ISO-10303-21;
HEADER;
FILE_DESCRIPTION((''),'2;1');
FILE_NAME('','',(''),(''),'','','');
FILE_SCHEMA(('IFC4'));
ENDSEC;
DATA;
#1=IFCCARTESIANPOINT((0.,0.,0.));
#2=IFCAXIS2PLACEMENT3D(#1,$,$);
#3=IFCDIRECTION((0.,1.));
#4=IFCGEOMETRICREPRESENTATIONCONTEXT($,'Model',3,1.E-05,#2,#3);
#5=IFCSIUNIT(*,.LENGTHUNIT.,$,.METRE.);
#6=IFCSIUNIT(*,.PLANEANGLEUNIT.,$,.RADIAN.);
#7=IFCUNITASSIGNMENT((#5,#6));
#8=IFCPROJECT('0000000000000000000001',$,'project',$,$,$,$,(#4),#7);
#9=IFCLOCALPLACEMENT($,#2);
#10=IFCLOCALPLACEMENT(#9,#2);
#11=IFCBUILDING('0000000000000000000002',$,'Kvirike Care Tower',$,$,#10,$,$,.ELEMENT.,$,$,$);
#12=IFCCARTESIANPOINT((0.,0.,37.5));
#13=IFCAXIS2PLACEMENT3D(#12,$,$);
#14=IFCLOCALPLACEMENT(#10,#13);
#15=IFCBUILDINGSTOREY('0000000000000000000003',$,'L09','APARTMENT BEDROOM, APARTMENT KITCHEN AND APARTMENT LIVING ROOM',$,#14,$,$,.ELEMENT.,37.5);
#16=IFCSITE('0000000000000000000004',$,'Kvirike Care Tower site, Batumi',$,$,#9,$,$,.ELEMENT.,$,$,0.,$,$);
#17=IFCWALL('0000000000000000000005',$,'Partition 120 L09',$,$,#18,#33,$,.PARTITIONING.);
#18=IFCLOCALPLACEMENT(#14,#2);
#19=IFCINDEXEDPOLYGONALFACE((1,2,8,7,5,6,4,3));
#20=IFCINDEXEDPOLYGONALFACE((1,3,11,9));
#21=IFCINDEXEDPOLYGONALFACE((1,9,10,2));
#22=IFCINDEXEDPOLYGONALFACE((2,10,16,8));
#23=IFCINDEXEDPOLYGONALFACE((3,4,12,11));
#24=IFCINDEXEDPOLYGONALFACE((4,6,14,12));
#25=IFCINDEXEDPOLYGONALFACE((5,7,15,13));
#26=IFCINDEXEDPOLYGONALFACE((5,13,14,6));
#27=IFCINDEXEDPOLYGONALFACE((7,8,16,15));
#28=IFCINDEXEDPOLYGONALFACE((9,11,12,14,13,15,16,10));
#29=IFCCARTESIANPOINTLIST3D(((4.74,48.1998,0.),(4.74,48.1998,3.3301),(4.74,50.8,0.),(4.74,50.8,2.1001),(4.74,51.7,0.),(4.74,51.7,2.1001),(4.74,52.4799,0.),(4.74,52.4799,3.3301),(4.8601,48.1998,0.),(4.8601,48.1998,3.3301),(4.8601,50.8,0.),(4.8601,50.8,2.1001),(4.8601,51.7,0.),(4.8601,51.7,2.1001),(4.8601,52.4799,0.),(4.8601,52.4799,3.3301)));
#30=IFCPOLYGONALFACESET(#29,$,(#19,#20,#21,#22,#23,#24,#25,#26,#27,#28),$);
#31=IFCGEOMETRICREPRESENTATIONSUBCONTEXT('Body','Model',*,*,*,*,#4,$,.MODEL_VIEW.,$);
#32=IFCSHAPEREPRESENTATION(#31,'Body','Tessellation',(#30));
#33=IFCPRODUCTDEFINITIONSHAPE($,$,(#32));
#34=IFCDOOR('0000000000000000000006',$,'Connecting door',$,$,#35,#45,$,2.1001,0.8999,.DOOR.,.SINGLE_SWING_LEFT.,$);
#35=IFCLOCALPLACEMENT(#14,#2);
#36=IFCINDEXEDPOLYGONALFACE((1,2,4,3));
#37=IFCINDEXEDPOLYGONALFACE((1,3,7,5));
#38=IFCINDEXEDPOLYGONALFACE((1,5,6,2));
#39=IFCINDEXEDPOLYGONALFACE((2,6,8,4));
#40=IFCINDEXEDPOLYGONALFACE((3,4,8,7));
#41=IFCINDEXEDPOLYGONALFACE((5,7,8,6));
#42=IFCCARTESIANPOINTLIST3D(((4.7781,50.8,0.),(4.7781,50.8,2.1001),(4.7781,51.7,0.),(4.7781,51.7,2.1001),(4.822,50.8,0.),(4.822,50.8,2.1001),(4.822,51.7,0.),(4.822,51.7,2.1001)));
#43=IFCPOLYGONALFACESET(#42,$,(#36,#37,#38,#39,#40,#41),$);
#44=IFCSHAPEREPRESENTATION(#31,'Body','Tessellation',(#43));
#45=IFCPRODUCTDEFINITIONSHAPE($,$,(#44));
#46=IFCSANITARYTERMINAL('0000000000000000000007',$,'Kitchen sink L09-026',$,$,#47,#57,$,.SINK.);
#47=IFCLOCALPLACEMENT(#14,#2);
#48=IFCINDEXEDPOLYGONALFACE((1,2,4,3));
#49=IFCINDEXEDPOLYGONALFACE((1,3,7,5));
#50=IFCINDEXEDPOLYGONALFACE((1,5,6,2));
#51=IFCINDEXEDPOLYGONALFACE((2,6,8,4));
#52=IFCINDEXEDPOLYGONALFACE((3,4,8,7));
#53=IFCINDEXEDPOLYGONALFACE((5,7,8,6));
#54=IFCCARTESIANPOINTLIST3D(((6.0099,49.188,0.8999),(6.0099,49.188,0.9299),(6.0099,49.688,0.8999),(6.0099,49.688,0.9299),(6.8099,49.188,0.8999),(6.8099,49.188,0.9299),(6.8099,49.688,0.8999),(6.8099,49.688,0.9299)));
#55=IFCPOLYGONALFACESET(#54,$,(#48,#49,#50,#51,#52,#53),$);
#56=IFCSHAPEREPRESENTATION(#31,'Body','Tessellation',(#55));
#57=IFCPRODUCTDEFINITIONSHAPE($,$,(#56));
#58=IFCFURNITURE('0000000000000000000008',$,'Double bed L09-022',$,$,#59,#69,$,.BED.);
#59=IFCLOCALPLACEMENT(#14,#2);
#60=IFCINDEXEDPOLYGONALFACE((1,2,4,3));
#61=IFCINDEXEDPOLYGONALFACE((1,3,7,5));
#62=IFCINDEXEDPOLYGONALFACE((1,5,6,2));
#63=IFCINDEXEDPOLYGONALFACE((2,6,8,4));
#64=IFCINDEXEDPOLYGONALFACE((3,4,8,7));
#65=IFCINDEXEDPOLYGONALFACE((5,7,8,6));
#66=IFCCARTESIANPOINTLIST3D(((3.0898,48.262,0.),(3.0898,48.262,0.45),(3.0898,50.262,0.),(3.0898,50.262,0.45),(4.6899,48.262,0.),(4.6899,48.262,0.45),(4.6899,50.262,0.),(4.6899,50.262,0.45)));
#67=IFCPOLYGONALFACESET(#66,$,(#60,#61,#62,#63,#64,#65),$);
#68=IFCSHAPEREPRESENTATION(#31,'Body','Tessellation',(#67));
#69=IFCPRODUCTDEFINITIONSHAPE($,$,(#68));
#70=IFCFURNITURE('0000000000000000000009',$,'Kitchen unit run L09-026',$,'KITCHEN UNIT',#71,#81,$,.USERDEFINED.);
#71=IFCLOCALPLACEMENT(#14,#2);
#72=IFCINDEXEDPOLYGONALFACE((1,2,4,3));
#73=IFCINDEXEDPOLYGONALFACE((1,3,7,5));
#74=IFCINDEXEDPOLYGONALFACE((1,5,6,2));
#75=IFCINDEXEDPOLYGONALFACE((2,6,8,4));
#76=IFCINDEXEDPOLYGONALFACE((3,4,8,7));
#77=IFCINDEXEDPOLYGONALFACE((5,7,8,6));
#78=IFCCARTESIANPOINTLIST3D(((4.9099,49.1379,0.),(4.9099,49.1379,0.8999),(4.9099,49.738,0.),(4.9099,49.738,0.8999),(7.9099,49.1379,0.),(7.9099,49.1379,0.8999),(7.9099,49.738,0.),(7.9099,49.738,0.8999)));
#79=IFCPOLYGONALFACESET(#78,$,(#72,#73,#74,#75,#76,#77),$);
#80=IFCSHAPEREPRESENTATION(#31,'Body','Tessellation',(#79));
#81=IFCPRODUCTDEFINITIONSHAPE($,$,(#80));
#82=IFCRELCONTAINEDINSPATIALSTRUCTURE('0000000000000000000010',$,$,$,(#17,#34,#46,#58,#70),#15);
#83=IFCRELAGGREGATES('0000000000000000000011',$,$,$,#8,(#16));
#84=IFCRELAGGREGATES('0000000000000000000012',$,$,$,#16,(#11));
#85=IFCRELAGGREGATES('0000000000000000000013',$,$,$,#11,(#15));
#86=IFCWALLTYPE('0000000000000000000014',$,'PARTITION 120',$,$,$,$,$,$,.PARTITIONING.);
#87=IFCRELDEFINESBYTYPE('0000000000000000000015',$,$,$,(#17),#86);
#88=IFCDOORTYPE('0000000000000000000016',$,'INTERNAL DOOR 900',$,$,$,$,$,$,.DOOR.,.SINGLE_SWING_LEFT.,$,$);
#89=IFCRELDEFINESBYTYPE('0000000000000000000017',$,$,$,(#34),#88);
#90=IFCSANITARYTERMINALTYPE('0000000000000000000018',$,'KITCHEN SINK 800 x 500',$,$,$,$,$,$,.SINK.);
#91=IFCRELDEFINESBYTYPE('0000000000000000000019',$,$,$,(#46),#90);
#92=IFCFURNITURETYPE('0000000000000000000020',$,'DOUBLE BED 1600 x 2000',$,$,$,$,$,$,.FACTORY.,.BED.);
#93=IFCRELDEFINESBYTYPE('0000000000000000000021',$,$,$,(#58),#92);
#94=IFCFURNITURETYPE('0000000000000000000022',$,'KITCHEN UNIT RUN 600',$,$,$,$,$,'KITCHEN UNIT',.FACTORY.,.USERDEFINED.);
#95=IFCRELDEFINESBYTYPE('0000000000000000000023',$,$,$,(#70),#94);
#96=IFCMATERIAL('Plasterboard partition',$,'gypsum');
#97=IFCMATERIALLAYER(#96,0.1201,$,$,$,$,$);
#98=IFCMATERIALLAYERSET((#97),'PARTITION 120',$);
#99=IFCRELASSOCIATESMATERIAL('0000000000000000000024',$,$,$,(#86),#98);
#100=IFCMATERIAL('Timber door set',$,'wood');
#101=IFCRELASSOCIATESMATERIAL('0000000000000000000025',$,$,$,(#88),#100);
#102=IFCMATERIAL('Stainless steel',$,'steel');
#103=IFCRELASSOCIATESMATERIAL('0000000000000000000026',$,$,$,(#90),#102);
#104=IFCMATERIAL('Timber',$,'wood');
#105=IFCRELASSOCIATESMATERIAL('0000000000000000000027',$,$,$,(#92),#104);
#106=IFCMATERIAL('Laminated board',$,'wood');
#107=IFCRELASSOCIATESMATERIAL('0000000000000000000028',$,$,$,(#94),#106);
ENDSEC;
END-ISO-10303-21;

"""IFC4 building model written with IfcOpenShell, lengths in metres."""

from ifc_helpers import new_model, si_unit, direction, frame, frame_2d, origin, origin_2d, place, context, subcontext, project, spatial, rectangle, extrude, material, layer, layer_set, type_object, element, fill, save


model = new_model("IFC4")

# Units and contexts
model_context = context("Model", 3, precision=1e-05, world=origin(), true_north=direction((0.0, 1.0)))
body_context = subcontext(model_context, "Body", "Model", "MODEL_VIEW")
ifc_project = project(units=[si_unit("LENGTHUNIT", "METRE"), si_unit("PLANEANGLEUNIT", "RADIAN")], contexts=[model_context])

# Site, building, storey
site_placement = place(None, origin())
site = spatial("IfcSite", under=ifc_project, at=site_placement, Name="Kvirike Care Tower site, Batumi", CompositionType="ELEMENT", RefElevation=0.0)
building_placement = place(site_placement, origin())
building = spatial("IfcBuilding", under=site, at=building_placement, Name="Kvirike Care Tower", CompositionType="ELEMENT")
storey_placement = place(building_placement, frame((0.0, 0.0, 37.5)))
storey = spatial("IfcBuildingStorey", under=building, at=storey_placement, Name="L09", Description="APARTMENT BEDROOM, APARTMENT KITCHEN AND APARTMENT LIVING ROOM", CompositionType="ELEMENT", Elevation=37.5)

# Shared definitions
ifc_material_1 = material(Name="Plasterboard partition", Category="gypsum")
ifc_layer_1 = layer(ifc_material_1, 0.1201)
ifc_layer_set_1 = layer_set([ifc_layer_1], Name="PARTITION 120")
wall_type_1 = type_object("IfcWallType", Name="PARTITION 120", PredefinedType="PARTITIONING", material=ifc_layer_set_1)

# Wall, opening, door
wall_1_placement = place(storey_placement, frame((4.8, 52.48, 0.0), z_axis=(0.0, 0.0, 1.0), x_axis=(0.0, -1.0, 0.0)))
wall_1 = element("IfcWall", 1, at=wall_1_placement, inside=storey, type_object=wall_type_1, Name="Partition 120 L09", PredefinedType="PARTITIONING", context=body_context, shape_type="SweptSolid", body=[
    extrude(rectangle(XDim=4.28, YDim=0.1201, at=frame_2d((2.1401, 0.0))), origin(), (0.0, 0.0, 1.0), 3.3301),
])
opening_1_placement = place(wall_1_placement, frame((0.78, 0.0, 0.0)))
opening_1 = element("IfcOpeningElement", 2, at=opening_1_placement, cuts=wall_1, PredefinedType="OPENING", context=body_context, shape_type="SweptSolid", body=[
    extrude(rectangle(XDim=0.8999, YDim=2.1001, at=frame_2d((0.45, 1.05))), frame((0.0, 0.0706, 0.0), z_axis=(0.0, -1.0, 0.0), x_axis=(1.0, 0.0, 0.0)), (0.0, 0.0, 1.0), 0.1411),
])
ifc_material_2 = material(Name="Timber door set", Category="wood")
door_type_1 = type_object("IfcDoorType", Name="INTERNAL DOOR 900", OperationType="SINGLE_SWING_LEFT", PredefinedType="DOOR", material=ifc_material_2)
door_1_placement = place(opening_1_placement, frame((0.8999, 0.0, 0.0), z_axis=(0.0, 0.0, 1.0), x_axis=(-1.0, 0.0, 0.0)))
door_1 = element("IfcDoor", 3, at=door_1_placement, inside=storey, type_object=door_type_1, Name="Connecting door", OperationType="SINGLE_SWING_LEFT", OverallHeight=2.1001, OverallWidth=0.8999, PredefinedType="DOOR", context=body_context, shape_type="SweptSolid", body=[
    extrude(rectangle(XDim=0.8999, YDim=2.1001, at=frame_2d((0.45, 1.05))), frame((0.0, 0.022, 0.0), z_axis=(0.0, -1.0, 0.0), x_axis=(1.0, 0.0, 0.0)), (0.0, 0.0, 1.0), 0.0439),
])
fill(opening_1, door_1)

# Sanitary terminal
ifc_material_3 = material(Name="Stainless steel", Category="steel")
sanitary_terminal_type = type_object("IfcSanitaryTerminalType", Name="KITCHEN SINK 800 x 500", PredefinedType="SINK", material=ifc_material_3)
sanitary_terminal_placement = place(storey_placement, frame((6.4099, 49.438, 0.8999), z_axis=(0.0, 0.0, 1.0), x_axis=(1.0, 0.0, 0.0)))
element("IfcSanitaryTerminal", 4, at=sanitary_terminal_placement, inside=storey, type_object=sanitary_terminal_type, Name="Kitchen sink L09-026", PredefinedType="SINK", context=body_context, shape_type="SweptSolid", body=[
    extrude(rectangle(XDim=0.8, YDim=0.5, at=origin_2d()), origin(), (0.0, 0.0, 1.0), 0.03),
])

# Furniture
ifc_material_4 = material(Name="Timber", Category="wood")
furniture_type_1 = type_object("IfcFurnitureType", Name="DOUBLE BED 1600 x 2000", AssemblyPlace="FACTORY", PredefinedType="BED", material=ifc_material_4)
furniture_1_placement = place(storey_placement, frame((3.8899, 49.262, 0.0), z_axis=(0.0, 0.0, 1.0), x_axis=(-1.0, 0.0, 0.0)))
element("IfcFurniture", 5, at=furniture_1_placement, inside=storey, type_object=furniture_type_1, Name="Double bed L09-022", PredefinedType="BED", context=body_context, shape_type="SweptSolid", body=[
    extrude(rectangle(XDim=1.6001, YDim=2.0, at=origin_2d()), origin(), (0.0, 0.0, 1.0), 0.45),
])
ifc_material_5 = material(Name="Laminated board", Category="wood")
furniture_type_2 = type_object("IfcFurnitureType", Name="KITCHEN UNIT RUN 600", ElementType="KITCHEN UNIT", AssemblyPlace="FACTORY", PredefinedType="USERDEFINED", material=ifc_material_5)
furniture_2_placement = place(storey_placement, frame((6.4099, 49.438, 0.0), z_axis=(0.0, 0.0, 1.0), x_axis=(1.0, 0.0, 0.0)))
element("IfcFurniture", 6, at=furniture_2_placement, inside=storey, type_object=furniture_type_2, Name="Kitchen unit run L09-026", ObjectType="KITCHEN UNIT", PredefinedType="USERDEFINED", context=body_context, shape_type="SweptSolid", body=[
    extrude(rectangle(XDim=3.0, YDim=0.6001, at=origin_2d()), origin(), (0.0, 0.0, 1.0), 0.8999),
])

save(model, "model.ifc")
